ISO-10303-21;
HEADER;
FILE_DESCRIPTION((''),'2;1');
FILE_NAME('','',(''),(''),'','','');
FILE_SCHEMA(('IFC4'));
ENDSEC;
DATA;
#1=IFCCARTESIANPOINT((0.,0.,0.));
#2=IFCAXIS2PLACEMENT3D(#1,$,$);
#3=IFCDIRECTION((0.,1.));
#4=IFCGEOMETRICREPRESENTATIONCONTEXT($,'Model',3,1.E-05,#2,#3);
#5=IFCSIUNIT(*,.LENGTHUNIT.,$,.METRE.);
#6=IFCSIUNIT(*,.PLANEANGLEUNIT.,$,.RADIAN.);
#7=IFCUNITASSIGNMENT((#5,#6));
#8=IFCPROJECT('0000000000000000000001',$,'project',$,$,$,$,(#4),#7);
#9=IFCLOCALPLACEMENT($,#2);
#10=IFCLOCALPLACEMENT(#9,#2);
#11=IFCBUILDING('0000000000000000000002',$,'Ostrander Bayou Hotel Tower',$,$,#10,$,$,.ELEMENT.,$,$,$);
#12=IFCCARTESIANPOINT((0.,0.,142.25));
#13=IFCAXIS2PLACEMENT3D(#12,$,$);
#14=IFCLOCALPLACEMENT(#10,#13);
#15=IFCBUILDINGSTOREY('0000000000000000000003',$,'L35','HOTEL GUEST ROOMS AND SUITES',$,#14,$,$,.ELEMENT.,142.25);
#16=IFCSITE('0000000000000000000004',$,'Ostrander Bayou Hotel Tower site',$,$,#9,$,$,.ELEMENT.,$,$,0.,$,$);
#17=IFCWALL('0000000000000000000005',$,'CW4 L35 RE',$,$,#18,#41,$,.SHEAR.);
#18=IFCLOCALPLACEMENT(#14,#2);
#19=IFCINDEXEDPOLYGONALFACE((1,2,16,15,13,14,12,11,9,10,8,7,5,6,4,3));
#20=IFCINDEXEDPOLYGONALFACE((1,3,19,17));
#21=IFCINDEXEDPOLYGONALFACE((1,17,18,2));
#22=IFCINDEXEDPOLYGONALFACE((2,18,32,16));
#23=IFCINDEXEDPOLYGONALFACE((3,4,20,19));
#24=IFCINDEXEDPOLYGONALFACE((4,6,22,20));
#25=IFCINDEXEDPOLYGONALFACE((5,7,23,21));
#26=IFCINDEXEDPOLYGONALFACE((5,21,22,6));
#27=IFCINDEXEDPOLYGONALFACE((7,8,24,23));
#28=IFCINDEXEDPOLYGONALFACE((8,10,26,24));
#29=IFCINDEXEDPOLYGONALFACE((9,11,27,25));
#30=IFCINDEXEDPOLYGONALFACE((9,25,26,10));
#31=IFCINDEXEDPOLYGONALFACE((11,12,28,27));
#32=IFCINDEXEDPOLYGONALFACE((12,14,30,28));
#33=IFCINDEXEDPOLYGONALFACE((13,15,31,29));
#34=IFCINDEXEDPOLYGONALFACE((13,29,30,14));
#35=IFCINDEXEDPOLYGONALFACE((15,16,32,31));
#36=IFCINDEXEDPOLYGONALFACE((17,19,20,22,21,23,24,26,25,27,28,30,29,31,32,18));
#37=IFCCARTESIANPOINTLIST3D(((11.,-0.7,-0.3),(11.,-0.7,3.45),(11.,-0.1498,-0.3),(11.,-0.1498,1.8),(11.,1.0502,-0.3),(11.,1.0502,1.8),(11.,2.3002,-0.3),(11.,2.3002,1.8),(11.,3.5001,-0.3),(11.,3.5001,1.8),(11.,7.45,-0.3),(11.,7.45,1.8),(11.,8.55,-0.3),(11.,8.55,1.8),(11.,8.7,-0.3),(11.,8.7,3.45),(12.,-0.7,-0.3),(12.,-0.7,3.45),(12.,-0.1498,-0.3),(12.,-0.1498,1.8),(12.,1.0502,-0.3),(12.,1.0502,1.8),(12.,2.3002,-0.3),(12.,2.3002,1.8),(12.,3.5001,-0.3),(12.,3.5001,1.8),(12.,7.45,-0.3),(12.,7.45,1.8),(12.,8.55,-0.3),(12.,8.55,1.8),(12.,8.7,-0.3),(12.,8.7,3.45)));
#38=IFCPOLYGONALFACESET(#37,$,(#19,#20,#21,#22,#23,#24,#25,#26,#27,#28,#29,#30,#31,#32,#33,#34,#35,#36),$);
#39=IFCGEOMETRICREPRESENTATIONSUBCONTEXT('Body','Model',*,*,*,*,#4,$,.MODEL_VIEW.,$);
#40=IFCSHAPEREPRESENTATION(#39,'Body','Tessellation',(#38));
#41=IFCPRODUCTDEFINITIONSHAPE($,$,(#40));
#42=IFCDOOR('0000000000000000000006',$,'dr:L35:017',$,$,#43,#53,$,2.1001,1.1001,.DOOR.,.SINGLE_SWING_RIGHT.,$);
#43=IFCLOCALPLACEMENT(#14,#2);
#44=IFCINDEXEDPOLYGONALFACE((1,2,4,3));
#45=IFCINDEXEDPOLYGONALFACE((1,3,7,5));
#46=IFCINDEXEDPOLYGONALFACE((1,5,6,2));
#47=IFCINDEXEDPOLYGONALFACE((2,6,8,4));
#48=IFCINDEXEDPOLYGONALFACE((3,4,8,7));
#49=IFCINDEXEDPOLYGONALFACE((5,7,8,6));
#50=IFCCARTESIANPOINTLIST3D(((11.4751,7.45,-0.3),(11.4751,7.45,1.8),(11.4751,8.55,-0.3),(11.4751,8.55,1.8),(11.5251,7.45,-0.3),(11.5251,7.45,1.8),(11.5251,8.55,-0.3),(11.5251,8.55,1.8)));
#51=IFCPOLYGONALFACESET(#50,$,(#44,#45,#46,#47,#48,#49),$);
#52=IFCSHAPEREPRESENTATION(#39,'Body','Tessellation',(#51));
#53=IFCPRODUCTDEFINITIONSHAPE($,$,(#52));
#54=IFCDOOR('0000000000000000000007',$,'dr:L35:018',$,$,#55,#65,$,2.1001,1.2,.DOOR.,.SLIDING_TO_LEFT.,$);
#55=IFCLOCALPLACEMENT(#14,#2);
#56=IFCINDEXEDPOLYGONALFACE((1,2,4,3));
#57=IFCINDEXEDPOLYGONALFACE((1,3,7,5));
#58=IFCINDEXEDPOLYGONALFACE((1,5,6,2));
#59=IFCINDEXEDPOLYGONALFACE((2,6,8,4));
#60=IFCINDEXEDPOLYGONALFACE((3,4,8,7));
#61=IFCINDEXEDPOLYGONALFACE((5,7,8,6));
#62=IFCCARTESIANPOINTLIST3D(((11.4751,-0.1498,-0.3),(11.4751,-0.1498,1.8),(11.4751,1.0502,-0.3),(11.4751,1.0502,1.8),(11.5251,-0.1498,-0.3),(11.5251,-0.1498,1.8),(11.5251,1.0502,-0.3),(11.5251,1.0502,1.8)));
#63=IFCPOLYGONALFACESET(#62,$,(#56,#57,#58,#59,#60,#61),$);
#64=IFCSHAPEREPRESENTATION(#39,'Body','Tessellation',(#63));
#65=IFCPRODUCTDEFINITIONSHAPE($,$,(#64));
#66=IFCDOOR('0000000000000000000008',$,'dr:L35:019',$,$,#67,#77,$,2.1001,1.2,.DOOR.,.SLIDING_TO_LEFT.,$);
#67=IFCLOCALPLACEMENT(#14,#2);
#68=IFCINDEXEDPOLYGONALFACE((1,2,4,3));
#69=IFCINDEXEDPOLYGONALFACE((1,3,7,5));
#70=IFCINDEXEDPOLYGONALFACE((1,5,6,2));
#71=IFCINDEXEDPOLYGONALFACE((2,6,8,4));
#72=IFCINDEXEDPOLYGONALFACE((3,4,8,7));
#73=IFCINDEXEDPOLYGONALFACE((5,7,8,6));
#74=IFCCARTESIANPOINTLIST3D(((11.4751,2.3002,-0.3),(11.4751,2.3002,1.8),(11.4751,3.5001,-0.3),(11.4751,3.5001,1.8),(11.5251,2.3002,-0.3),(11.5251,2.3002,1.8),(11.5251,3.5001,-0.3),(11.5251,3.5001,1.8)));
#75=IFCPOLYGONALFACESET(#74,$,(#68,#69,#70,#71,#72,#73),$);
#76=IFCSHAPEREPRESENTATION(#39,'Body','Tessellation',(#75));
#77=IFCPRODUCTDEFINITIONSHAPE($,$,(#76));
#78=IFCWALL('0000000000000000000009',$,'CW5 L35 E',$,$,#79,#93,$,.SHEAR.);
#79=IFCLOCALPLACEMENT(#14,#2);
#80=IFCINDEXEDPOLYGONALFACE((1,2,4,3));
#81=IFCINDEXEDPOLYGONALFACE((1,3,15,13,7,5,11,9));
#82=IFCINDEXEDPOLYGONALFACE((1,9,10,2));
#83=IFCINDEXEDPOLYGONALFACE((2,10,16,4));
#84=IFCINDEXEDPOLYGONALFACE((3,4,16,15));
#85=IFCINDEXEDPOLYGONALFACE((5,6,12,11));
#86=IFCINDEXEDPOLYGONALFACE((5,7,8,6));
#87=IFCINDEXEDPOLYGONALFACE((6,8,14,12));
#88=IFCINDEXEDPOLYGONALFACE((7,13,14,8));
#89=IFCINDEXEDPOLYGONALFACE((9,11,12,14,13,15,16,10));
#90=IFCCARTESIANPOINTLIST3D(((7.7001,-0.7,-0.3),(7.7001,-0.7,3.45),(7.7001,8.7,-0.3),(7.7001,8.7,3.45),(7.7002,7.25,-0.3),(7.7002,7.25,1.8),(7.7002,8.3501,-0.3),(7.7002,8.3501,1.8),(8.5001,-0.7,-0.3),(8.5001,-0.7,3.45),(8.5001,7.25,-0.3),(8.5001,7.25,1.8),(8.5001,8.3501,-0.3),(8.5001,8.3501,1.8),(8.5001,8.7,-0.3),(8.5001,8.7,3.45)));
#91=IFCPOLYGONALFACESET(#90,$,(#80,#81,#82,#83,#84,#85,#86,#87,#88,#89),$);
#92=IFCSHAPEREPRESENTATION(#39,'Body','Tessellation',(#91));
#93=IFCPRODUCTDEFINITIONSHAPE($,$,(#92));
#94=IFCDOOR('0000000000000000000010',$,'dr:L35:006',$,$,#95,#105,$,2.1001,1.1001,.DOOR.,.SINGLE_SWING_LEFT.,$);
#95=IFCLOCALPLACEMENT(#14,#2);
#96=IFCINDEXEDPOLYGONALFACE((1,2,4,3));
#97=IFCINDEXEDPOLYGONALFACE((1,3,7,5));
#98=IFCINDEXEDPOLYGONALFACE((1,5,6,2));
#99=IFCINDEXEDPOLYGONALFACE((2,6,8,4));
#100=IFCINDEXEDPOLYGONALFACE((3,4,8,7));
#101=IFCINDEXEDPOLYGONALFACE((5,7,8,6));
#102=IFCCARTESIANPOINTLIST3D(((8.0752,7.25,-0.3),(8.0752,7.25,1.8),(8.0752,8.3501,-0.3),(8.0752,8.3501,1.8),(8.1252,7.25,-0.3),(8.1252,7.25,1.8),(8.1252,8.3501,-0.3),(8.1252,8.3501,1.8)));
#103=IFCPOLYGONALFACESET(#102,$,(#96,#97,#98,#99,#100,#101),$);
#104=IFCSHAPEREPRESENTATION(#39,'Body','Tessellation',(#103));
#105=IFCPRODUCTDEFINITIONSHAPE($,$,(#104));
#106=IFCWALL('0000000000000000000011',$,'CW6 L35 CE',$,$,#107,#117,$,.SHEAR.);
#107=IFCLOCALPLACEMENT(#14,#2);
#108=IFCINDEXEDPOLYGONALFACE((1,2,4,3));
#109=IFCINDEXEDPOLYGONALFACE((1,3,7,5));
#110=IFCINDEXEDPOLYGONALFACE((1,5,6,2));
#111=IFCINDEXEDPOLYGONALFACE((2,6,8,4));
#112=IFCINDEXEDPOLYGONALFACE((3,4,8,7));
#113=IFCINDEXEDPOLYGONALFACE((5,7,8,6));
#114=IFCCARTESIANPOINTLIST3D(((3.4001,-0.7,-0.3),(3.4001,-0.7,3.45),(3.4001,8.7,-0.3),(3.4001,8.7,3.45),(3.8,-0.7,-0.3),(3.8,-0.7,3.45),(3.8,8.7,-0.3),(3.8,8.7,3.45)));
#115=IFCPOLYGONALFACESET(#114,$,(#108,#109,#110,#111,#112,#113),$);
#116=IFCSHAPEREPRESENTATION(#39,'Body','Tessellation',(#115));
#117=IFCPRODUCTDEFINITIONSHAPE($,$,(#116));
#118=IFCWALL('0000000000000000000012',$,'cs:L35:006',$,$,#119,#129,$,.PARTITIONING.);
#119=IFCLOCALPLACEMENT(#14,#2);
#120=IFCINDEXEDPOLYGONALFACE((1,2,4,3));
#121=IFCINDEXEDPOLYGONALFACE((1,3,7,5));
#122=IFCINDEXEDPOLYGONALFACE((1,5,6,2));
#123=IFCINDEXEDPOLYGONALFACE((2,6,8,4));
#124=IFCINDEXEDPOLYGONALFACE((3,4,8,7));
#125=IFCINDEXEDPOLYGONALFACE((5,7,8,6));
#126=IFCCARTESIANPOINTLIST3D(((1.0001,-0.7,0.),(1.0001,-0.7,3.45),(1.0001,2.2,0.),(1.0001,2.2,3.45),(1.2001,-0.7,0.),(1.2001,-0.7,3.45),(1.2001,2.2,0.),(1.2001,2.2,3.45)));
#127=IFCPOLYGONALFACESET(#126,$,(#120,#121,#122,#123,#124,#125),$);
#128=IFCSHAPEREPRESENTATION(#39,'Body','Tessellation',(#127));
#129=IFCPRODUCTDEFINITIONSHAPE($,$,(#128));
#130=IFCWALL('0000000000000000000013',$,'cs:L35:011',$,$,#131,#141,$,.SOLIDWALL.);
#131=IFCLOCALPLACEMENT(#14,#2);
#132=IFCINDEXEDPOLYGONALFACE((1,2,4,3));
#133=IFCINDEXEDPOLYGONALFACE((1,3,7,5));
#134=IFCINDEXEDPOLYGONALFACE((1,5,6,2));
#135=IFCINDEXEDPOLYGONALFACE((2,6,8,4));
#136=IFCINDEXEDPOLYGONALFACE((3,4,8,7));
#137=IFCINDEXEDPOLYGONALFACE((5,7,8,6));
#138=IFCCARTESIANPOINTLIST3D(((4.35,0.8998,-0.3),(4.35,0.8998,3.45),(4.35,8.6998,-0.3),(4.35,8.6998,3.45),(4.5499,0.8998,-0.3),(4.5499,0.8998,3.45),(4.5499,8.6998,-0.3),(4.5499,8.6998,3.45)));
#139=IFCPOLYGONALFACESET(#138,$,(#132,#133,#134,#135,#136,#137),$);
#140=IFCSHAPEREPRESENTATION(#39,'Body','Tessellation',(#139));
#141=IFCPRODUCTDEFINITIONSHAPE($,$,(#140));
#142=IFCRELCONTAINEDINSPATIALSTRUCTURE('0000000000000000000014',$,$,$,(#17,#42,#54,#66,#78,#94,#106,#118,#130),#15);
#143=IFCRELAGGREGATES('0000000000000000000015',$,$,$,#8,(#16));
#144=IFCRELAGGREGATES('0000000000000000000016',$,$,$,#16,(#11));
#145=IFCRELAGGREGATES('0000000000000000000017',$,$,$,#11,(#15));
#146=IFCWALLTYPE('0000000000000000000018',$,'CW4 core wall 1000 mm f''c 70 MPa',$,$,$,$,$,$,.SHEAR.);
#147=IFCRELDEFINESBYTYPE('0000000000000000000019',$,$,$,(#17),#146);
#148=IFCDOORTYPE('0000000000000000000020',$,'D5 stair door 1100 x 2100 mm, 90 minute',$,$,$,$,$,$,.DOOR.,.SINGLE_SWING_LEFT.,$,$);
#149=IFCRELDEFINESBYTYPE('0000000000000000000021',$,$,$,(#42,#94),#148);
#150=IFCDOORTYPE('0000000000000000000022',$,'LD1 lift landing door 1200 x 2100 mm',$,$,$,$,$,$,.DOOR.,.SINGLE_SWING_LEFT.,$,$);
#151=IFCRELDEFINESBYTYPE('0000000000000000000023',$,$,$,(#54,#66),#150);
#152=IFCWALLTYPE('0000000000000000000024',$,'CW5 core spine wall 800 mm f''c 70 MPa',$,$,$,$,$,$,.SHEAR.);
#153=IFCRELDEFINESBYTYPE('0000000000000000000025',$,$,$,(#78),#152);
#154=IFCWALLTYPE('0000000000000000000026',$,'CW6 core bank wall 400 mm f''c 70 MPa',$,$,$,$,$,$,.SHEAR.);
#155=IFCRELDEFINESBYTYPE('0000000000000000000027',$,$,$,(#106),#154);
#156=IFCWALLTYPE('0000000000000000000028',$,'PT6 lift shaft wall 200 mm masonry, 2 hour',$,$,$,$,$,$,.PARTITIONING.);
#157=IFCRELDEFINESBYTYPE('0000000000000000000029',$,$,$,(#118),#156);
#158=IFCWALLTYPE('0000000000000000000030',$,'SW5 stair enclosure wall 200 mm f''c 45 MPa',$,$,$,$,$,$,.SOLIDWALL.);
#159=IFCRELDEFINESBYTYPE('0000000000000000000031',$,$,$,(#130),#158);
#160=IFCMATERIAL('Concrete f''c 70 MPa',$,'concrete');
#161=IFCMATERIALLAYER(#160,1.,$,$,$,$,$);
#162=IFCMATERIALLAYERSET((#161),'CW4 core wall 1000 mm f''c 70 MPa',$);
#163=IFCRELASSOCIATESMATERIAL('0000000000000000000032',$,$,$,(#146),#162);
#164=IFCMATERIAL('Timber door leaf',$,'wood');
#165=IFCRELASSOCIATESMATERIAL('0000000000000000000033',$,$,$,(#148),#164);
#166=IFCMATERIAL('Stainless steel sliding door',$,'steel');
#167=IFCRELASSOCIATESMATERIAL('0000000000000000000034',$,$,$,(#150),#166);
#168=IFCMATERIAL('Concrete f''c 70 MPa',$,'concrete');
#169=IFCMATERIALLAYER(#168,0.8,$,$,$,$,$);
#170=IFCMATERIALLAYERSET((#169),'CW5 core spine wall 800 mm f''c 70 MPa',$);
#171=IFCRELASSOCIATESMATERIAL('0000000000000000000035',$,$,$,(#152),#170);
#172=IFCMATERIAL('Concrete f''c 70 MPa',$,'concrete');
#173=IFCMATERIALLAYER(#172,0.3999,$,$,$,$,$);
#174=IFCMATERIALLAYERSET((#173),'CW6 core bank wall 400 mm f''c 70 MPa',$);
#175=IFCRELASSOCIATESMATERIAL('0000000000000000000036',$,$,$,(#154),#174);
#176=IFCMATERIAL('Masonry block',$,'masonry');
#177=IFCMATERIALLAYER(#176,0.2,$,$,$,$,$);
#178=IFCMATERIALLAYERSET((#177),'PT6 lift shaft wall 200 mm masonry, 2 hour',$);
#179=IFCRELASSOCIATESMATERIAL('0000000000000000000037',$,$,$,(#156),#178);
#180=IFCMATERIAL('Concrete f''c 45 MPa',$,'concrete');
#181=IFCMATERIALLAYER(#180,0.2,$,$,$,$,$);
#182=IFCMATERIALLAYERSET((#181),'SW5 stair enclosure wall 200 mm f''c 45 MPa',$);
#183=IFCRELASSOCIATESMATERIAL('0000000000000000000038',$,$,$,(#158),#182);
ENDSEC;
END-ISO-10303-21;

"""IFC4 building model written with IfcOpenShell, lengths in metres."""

from ifc_helpers import new_model, si_unit, direction, frame, frame_2d, origin, place, context, subcontext, project, spatial, rectangle, extrude, material, layer, layer_set, type_object, element, fill, save


model = new_model("IFC4")

# Units and contexts
model_context = context("Model", 3, precision=1e-05, world=origin(), true_north=direction((0.0, 1.0)))
body_context = subcontext(model_context, "Body", "Model", "MODEL_VIEW")
ifc_project = project(units=[si_unit("LENGTHUNIT", "METRE"), si_unit("PLANEANGLEUNIT", "RADIAN")], contexts=[model_context])

# Site, building, storey
site_placement = place(None, origin())
site = spatial("IfcSite", under=ifc_project, at=site_placement, Name="Ostrander Bayou Hotel Tower site", CompositionType="ELEMENT", RefElevation=0.0)
building_placement = place(site_placement, origin())
building = spatial("IfcBuilding", under=site, at=building_placement, Name="Ostrander Bayou Hotel Tower", CompositionType="ELEMENT")
storey_placement = place(building_placement, frame((0.0, 0.0, 142.25)))
storey = spatial("IfcBuildingStorey", under=building, at=storey_placement, Name="L35", Description="HOTEL GUEST ROOMS AND SUITES", CompositionType="ELEMENT", Elevation=142.25)

# Wall, openings, doors
ifc_material_1 = material(Name="Concrete f'c 70 MPa", Category="concrete")
ifc_layer_1 = layer(ifc_material_1, 1.0)
ifc_layer_set_1 = layer_set([ifc_layer_1], Name="CW4 core wall 1000 mm f'c 70 MPa")
wall_type_1 = type_object("IfcWallType", Name="CW4 core wall 1000 mm f'c 70 MPa", PredefinedType="SHEAR", material=ifc_layer_set_1)
wall_1_placement = place(storey_placement, frame((11.5, -0.7, -0.3), z_axis=(0.0, 0.0, 1.0), x_axis=(0.0, 1.0, 0.0)))
wall_1 = element("IfcWall", 1, at=wall_1_placement, inside=storey, type_object=wall_type_1, Name="CW4 L35 RE", PredefinedType="SHEAR", context=body_context, shape_type="SweptSolid", body=[
    extrude(rectangle(XDim=9.3999, YDim=1.0, at=frame_2d((4.7, 0.0))), origin(), (0.0, 0.0, 1.0), 3.75),
])
opening_1_placement = place(wall_1_placement, frame((8.1499, 0.0, 0.0)))
opening_1 = element("IfcOpeningElement", 2, at=opening_1_placement, cuts=wall_1, PredefinedType="OPENING", context=body_context, shape_type="SweptSolid", body=[
    extrude(rectangle(XDim=1.1001, YDim=2.1001, at=frame_2d((0.55, 1.05))), frame((0.0, 0.5, 0.0), z_axis=(0.0, -1.0, 0.0), x_axis=(1.0, 0.0, 0.0)), (0.0, 0.0, 1.0), 1.0),
])
opening_2_placement = place(wall_1_placement, frame((0.55, 0.0, 0.0)))
opening_2 = element("IfcOpeningElement", 3, at=opening_2_placement, cuts=wall_1, PredefinedType="OPENING", context=body_context, shape_type="SweptSolid", body=[
    extrude(rectangle(XDim=1.2, YDim=2.1001, at=frame_2d((0.6001, 1.05))), frame((0.0, 0.5, 0.0), z_axis=(0.0, -1.0, 0.0), x_axis=(1.0, 0.0, 0.0)), (0.0, 0.0, 1.0), 1.0),
])
opening_3_placement = place(wall_1_placement, frame((3.0, 0.0, 0.0)))
opening_3 = element("IfcOpeningElement", 4, at=opening_3_placement, cuts=wall_1, PredefinedType="OPENING", context=body_context, shape_type="SweptSolid", body=[
    extrude(rectangle(XDim=1.2, YDim=2.1001, at=frame_2d((0.6001, 1.05))), frame((0.0, 0.5, 0.0), z_axis=(0.0, -1.0, 0.0), x_axis=(1.0, 0.0, 0.0)), (0.0, 0.0, 1.0), 1.0),
])
ifc_material_2 = material(Name="Timber door leaf", Category="wood")
door_type_1 = type_object("IfcDoorType", Name="D5 stair door 1100 x 2100 mm, 90 minute", OperationType="SINGLE_SWING_LEFT", PredefinedType="DOOR", material=ifc_material_2)
door_1_placement = place(opening_1_placement, origin())
door_1 = element("IfcDoor", 5, at=door_1_placement, inside=storey, type_object=door_type_1, Name="dr:L35:017", OperationType="SINGLE_SWING_RIGHT", OverallHeight=2.1001, OverallWidth=1.1001, PredefinedType="DOOR", context=body_context, shape_type="SweptSolid", body=[
    extrude(rectangle(XDim=1.1001, YDim=2.1001, at=frame_2d((0.55, 1.05))), frame((0.0, 0.0249, 0.0), z_axis=(0.0, -1.0, 0.0), x_axis=(1.0, 0.0, 0.0)), (0.0, 0.0, 1.0), 0.05),
])
fill(opening_1, door_1)
ifc_material_3 = material(Name="Stainless steel sliding door", Category="steel")
door_type_2 = type_object("IfcDoorType", Name="LD1 lift landing door 1200 x 2100 mm", OperationType="SINGLE_SWING_LEFT", PredefinedType="DOOR", material=ifc_material_3)
door_2_placement = place(opening_2_placement, origin())
door_2 = element("IfcDoor", 6, at=door_2_placement, inside=storey, type_object=door_type_2, Name="dr:L35:018", OperationType="SLIDING_TO_LEFT", OverallHeight=2.1001, OverallWidth=1.2, PredefinedType="DOOR", context=body_context, shape_type="SweptSolid", body=[
    extrude(rectangle(XDim=1.2, YDim=2.1001, at=frame_2d((0.6001, 1.05))), frame((0.0, 0.0249, 0.0), z_axis=(0.0, -1.0, 0.0), x_axis=(1.0, 0.0, 0.0)), (0.0, 0.0, 1.0), 0.05),
])
fill(opening_2, door_2)
door_3_placement = place(opening_3_placement, origin())
door_3 = element("IfcDoor", 7, at=door_3_placement, inside=storey, type_object=door_type_2, Name="dr:L35:019", OperationType="SLIDING_TO_LEFT", OverallHeight=2.1001, OverallWidth=1.2, PredefinedType="DOOR", context=body_context, shape_type="SweptSolid", body=[
    extrude(rectangle(XDim=1.2, YDim=2.1001, at=frame_2d((0.6001, 1.05))), frame((0.0, 0.0249, 0.0), z_axis=(0.0, -1.0, 0.0), x_axis=(1.0, 0.0, 0.0)), (0.0, 0.0, 1.0), 0.05),
])
fill(opening_3, door_3)

# Wall, opening, door
ifc_material_4 = material(Name="Concrete f'c 70 MPa", Category="concrete")
ifc_layer_2 = layer(ifc_material_4, 0.8)
ifc_layer_set_2 = layer_set([ifc_layer_2], Name="CW5 core spine wall 800 mm f'c 70 MPa")
wall_type_2 = type_object("IfcWallType", Name="CW5 core spine wall 800 mm f'c 70 MPa", PredefinedType="SHEAR", material=ifc_layer_set_2)
wall_2_placement = place(storey_placement, frame((8.1001, -0.7, -0.3), z_axis=(0.0, 0.0, 1.0), x_axis=(0.0, 1.0, 0.0)))
wall_2 = element("IfcWall", 8, at=wall_2_placement, inside=storey, type_object=wall_type_2, Name="CW5 L35 E", PredefinedType="SHEAR", context=body_context, shape_type="SweptSolid", body=[
    extrude(rectangle(XDim=9.3999, YDim=0.8, at=frame_2d((4.7, 0.0))), origin(), (0.0, 0.0, 1.0), 3.75),
])
opening_4_placement = place(wall_2_placement, frame((7.95, 0.0, 0.0)))
opening_4 = element("IfcOpeningElement", 9, at=opening_4_placement, cuts=wall_2, PredefinedType="OPENING", context=body_context, shape_type="SweptSolid", body=[
    extrude(rectangle(XDim=1.1001, YDim=2.1001, at=frame_2d((0.55, 1.05))), frame((0.0, 0.3999, 0.0), z_axis=(0.0, -1.0, 0.0), x_axis=(1.0, 0.0, 0.0)), (0.0, 0.0, 1.0), 0.8),
])
door_4_placement = place(opening_4_placement, origin())
door_4 = element("IfcDoor", 10, at=door_4_placement, inside=storey, type_object=door_type_1, Name="dr:L35:006", OperationType="SINGLE_SWING_LEFT", OverallHeight=2.1001, OverallWidth=1.1001, PredefinedType="DOOR", context=body_context, shape_type="SweptSolid", body=[
    extrude(rectangle(XDim=1.1001, YDim=2.1001, at=frame_2d((0.55, 1.05))), frame((0.0, 0.0249, 0.0), z_axis=(0.0, -1.0, 0.0), x_axis=(1.0, 0.0, 0.0)), (0.0, 0.0, 1.0), 0.05),
])
fill(opening_4, door_4)

# Walls
ifc_material_5 = material(Name="Concrete f'c 70 MPa", Category="concrete")
ifc_layer_3 = layer(ifc_material_5, 0.3999)
ifc_layer_set_3 = layer_set([ifc_layer_3], Name="CW6 core bank wall 400 mm f'c 70 MPa")
wall_type_3 = type_object("IfcWallType", Name="CW6 core bank wall 400 mm f'c 70 MPa", PredefinedType="SHEAR", material=ifc_layer_set_3)
wall_3_placement = place(storey_placement, frame((3.6001, -0.7, -0.3), z_axis=(0.0, 0.0, 1.0), x_axis=(0.0, 1.0, 0.0)))
element("IfcWall", 11, at=wall_3_placement, inside=storey, type_object=wall_type_3, Name="CW6 L35 CE", PredefinedType="SHEAR", context=body_context, shape_type="SweptSolid", body=[
    extrude(rectangle(XDim=9.3999, YDim=0.3999, at=frame_2d((4.7, 0.0))), origin(), (0.0, 0.0, 1.0), 3.75),
])
ifc_material_6 = material(Name="Masonry block", Category="masonry")
ifc_layer_4 = layer(ifc_material_6, 0.2)
ifc_layer_set_4 = layer_set([ifc_layer_4], Name="PT6 lift shaft wall 200 mm masonry, 2 hour")
wall_type_4 = type_object("IfcWallType", Name="PT6 lift shaft wall 200 mm masonry, 2 hour", PredefinedType="PARTITIONING", material=ifc_layer_set_4)
wall_4_placement = place(storey_placement, frame((1.1001, -0.7, 0.0), z_axis=(0.0, 0.0, 1.0), x_axis=(0.0, 1.0, 0.0)))
element("IfcWall", 12, at=wall_4_placement, inside=storey, type_object=wall_type_4, Name="cs:L35:006", PredefinedType="PARTITIONING", context=body_context, shape_type="SweptSolid", body=[
    extrude(rectangle(XDim=2.8999, YDim=0.2, at=frame_2d((1.45, 0.0))), origin(), (0.0, 0.0, 1.0), 3.45),
])
ifc_material_7 = material(Name="Concrete f'c 45 MPa", Category="concrete")
ifc_layer_5 = layer(ifc_material_7, 0.2)
ifc_layer_set_5 = layer_set([ifc_layer_5], Name="SW5 stair enclosure wall 200 mm f'c 45 MPa")
wall_type_5 = type_object("IfcWallType", Name="SW5 stair enclosure wall 200 mm f'c 45 MPa", PredefinedType="SOLIDWALL", material=ifc_layer_set_5)
wall_5_placement = place(storey_placement, frame((4.45, 0.8999, -0.3), z_axis=(0.0, 0.0, 1.0), x_axis=(0.0, 1.0, 0.0)))
element("IfcWall", 13, at=wall_5_placement, inside=storey, type_object=wall_type_5, Name="cs:L35:011", PredefinedType="SOLIDWALL", context=body_context, shape_type="SweptSolid", body=[
    extrude(rectangle(XDim=7.8, YDim=0.2, at=frame_2d((3.8999, 0.0))), origin(), (0.0, 0.0, 1.0), 3.75),
])

save(model, "model.ifc")
